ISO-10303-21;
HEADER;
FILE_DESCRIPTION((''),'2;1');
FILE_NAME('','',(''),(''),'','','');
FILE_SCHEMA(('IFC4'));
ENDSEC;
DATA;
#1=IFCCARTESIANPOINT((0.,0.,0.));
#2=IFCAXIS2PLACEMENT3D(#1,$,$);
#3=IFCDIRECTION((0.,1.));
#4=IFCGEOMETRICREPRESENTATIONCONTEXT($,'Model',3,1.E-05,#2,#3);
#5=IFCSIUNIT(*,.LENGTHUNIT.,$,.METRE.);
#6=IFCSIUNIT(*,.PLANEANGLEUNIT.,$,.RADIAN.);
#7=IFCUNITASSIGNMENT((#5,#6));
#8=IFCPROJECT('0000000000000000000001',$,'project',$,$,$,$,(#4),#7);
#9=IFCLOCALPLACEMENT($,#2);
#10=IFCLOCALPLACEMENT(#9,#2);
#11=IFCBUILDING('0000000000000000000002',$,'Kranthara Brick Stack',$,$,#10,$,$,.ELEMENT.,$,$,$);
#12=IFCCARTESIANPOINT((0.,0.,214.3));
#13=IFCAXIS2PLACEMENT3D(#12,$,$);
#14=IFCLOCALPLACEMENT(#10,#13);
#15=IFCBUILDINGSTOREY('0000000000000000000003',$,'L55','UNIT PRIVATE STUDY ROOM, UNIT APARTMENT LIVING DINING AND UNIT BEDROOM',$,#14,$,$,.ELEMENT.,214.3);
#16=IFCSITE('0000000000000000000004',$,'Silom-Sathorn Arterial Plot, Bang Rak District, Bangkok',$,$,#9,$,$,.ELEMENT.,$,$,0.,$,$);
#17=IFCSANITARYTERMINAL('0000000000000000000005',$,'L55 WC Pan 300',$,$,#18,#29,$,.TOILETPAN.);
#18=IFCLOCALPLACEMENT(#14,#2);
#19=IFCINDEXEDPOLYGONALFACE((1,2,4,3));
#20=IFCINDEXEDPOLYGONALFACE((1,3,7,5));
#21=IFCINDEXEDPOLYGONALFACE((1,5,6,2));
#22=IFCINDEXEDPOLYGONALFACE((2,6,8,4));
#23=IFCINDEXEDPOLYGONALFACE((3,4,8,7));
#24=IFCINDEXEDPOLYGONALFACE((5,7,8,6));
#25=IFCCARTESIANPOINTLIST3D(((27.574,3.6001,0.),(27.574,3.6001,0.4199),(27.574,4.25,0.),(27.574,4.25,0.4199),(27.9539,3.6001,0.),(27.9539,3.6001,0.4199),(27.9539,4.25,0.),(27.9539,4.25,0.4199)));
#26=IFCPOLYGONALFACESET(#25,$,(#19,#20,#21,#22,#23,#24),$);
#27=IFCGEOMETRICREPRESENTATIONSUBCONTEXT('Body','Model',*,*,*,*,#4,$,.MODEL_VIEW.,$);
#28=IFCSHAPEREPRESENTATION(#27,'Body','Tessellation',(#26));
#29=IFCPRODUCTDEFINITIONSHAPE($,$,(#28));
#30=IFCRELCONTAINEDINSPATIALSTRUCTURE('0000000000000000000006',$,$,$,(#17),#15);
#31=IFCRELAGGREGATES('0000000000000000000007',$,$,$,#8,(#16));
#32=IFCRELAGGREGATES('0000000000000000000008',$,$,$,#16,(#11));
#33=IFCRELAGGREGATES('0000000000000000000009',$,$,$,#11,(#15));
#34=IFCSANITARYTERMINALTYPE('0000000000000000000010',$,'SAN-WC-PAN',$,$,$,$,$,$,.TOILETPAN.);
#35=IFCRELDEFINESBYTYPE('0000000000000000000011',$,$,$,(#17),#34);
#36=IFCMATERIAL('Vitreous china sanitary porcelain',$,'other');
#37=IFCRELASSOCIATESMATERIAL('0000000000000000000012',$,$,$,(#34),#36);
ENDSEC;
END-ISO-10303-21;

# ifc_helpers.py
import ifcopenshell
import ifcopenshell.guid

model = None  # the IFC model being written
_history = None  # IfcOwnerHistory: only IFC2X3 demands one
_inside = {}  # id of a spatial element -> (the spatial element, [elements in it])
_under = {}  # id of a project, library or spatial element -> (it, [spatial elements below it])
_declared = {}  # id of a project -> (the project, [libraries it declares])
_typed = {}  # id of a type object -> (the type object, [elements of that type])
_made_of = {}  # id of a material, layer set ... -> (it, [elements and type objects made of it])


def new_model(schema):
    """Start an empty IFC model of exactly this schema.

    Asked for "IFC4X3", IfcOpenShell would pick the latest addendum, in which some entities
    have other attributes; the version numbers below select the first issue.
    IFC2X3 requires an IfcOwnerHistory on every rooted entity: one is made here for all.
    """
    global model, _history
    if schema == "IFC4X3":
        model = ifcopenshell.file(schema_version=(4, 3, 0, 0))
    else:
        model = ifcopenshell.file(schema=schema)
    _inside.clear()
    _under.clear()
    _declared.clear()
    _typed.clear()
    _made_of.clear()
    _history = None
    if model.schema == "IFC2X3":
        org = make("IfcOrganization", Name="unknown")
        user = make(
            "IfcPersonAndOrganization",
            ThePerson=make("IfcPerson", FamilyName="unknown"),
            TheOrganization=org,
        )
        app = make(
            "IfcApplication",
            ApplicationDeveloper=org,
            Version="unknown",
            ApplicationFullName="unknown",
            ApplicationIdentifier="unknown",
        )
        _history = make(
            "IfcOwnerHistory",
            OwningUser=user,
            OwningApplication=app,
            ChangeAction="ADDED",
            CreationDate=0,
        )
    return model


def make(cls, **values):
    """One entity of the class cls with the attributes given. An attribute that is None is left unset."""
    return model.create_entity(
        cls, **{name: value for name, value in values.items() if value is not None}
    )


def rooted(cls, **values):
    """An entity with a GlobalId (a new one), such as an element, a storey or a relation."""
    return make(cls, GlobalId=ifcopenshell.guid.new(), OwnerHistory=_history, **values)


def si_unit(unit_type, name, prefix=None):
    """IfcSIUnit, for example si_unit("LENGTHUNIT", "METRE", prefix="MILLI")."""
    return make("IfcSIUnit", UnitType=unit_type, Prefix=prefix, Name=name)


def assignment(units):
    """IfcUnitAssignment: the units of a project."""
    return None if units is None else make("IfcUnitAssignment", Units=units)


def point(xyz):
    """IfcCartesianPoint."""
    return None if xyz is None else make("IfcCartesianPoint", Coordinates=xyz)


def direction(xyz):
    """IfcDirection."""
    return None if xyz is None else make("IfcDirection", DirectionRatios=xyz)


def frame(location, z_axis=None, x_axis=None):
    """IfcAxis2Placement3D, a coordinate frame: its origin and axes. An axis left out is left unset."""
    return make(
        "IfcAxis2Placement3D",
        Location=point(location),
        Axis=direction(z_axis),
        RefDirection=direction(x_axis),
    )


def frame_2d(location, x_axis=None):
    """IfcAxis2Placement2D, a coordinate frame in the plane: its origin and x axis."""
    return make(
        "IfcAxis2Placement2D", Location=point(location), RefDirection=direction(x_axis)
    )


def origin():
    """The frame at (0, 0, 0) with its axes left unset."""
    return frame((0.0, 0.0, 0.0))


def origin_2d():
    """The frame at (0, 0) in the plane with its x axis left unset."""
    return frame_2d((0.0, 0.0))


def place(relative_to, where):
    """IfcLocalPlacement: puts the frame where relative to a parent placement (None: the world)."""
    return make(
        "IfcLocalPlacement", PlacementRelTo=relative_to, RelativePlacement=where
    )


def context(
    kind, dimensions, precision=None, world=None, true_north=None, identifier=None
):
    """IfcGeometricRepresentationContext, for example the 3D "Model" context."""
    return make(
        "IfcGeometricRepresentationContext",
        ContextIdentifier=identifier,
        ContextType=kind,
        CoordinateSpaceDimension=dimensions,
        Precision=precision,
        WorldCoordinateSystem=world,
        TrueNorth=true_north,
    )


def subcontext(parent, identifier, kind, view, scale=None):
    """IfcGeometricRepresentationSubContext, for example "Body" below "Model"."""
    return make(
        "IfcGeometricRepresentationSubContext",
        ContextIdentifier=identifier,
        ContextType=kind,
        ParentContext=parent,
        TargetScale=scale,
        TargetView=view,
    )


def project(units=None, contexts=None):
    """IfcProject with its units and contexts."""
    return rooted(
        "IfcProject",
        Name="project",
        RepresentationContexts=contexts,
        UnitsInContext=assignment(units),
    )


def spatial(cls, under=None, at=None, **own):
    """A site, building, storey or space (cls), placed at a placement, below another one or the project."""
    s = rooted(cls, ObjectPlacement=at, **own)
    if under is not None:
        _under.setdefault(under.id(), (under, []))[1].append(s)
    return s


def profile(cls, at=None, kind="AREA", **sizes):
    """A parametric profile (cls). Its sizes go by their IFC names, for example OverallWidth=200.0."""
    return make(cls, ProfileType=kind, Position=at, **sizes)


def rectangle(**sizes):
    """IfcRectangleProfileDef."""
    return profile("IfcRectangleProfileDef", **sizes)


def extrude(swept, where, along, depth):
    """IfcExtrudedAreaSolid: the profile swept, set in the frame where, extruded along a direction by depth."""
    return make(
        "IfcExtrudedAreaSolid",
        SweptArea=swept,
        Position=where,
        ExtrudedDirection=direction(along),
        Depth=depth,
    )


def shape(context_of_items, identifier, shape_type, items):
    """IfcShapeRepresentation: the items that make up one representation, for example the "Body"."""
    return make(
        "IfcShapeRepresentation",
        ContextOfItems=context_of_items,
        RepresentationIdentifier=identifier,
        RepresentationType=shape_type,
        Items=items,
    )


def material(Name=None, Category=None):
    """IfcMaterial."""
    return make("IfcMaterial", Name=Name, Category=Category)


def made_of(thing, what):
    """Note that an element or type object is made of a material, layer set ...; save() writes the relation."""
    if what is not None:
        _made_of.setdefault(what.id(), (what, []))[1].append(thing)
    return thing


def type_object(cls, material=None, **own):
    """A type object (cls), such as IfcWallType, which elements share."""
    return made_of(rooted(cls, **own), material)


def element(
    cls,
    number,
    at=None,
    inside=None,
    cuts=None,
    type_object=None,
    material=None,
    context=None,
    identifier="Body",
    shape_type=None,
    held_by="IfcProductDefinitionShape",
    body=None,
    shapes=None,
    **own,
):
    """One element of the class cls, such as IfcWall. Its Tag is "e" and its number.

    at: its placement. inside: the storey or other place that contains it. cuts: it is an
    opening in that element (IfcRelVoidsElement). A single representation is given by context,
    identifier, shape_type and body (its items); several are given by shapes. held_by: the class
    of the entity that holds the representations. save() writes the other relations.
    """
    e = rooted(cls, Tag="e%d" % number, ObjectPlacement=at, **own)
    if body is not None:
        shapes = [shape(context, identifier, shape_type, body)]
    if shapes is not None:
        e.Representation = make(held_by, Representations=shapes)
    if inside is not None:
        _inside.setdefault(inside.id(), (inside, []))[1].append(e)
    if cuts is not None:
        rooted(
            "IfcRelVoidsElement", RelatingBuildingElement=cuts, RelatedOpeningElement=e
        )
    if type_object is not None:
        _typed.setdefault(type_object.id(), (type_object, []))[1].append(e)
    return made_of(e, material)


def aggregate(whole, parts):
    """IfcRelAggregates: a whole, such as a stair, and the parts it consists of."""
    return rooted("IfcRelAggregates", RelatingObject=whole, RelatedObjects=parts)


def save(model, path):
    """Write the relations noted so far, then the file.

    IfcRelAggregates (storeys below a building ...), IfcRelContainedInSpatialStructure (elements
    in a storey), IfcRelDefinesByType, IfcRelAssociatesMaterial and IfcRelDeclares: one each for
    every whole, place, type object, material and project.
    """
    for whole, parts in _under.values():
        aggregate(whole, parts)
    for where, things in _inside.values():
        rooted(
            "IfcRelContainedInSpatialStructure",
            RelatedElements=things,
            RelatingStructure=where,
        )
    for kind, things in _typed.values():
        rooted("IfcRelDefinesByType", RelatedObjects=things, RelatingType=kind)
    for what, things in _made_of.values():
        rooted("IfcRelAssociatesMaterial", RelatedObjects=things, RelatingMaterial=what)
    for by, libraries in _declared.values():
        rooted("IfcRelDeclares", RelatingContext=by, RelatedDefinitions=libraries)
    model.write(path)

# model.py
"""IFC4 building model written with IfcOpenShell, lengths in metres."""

from ifc_helpers import new_model, si_unit, direction, frame, origin, origin_2d, place, context, subcontext, project, spatial, rectangle, extrude, material, type_object, element, save


model = new_model("IFC4")

# Units and contexts
model_context = context("Model", 3, precision=1e-05, world=origin(), true_north=direction((0.0, 1.0)))
body_context = subcontext(model_context, "Body", "Model", "MODEL_VIEW")
ifc_project = project(units=[si_unit("LENGTHUNIT", "METRE"), si_unit("PLANEANGLEUNIT", "RADIAN")], contexts=[model_context])

# Site, building, storey
site_placement = place(None, origin())
site = spatial("IfcSite", under=ifc_project, at=site_placement, Name="Silom-Sathorn Arterial Plot, Bang Rak District, Bangkok", CompositionType="ELEMENT", RefElevation=0.0)
building_placement = place(site_placement, origin())
building = spatial("IfcBuilding", under=site, at=building_placement, Name="Kranthara Brick Stack", CompositionType="ELEMENT")
storey_placement = place(building_placement, frame((0.0, 0.0, 214.3)))
storey = spatial("IfcBuildingStorey", under=building, at=storey_placement, Name="L55", Description="UNIT PRIVATE STUDY ROOM, UNIT APARTMENT LIVING DINING AND UNIT BEDROOM", CompositionType="ELEMENT", Elevation=214.3)

# Sanitary terminal
ifc_material_1 = material(Name="Vitreous china sanitary porcelain", Category="other")
sanitary_terminal_type_1 = type_object("IfcSanitaryTerminalType", Name="SAN-WC-PAN", PredefinedType="TOILETPAN", material=ifc_material_1)
sanitary_terminal_1_placement = place(storey_placement, frame((27.7639, 3.925, 0.0), z_axis=(0.0, 0.0, 1.0), x_axis=(1.0, 0.0, 0.0)))
element("IfcSanitaryTerminal", 1, at=sanitary_terminal_1_placement, inside=storey, type_object=sanitary_terminal_type_1, Name="L55 WC Pan 300", PredefinedType="TOILETPAN", context=body_context, shape_type="SweptSolid", body=[
    extrude(rectangle(XDim=0.3799, YDim=0.6499, at=origin_2d()), origin(), (0.0, 0.0, 1.0), 0.4199),
])

save(model, "model.ifc")
